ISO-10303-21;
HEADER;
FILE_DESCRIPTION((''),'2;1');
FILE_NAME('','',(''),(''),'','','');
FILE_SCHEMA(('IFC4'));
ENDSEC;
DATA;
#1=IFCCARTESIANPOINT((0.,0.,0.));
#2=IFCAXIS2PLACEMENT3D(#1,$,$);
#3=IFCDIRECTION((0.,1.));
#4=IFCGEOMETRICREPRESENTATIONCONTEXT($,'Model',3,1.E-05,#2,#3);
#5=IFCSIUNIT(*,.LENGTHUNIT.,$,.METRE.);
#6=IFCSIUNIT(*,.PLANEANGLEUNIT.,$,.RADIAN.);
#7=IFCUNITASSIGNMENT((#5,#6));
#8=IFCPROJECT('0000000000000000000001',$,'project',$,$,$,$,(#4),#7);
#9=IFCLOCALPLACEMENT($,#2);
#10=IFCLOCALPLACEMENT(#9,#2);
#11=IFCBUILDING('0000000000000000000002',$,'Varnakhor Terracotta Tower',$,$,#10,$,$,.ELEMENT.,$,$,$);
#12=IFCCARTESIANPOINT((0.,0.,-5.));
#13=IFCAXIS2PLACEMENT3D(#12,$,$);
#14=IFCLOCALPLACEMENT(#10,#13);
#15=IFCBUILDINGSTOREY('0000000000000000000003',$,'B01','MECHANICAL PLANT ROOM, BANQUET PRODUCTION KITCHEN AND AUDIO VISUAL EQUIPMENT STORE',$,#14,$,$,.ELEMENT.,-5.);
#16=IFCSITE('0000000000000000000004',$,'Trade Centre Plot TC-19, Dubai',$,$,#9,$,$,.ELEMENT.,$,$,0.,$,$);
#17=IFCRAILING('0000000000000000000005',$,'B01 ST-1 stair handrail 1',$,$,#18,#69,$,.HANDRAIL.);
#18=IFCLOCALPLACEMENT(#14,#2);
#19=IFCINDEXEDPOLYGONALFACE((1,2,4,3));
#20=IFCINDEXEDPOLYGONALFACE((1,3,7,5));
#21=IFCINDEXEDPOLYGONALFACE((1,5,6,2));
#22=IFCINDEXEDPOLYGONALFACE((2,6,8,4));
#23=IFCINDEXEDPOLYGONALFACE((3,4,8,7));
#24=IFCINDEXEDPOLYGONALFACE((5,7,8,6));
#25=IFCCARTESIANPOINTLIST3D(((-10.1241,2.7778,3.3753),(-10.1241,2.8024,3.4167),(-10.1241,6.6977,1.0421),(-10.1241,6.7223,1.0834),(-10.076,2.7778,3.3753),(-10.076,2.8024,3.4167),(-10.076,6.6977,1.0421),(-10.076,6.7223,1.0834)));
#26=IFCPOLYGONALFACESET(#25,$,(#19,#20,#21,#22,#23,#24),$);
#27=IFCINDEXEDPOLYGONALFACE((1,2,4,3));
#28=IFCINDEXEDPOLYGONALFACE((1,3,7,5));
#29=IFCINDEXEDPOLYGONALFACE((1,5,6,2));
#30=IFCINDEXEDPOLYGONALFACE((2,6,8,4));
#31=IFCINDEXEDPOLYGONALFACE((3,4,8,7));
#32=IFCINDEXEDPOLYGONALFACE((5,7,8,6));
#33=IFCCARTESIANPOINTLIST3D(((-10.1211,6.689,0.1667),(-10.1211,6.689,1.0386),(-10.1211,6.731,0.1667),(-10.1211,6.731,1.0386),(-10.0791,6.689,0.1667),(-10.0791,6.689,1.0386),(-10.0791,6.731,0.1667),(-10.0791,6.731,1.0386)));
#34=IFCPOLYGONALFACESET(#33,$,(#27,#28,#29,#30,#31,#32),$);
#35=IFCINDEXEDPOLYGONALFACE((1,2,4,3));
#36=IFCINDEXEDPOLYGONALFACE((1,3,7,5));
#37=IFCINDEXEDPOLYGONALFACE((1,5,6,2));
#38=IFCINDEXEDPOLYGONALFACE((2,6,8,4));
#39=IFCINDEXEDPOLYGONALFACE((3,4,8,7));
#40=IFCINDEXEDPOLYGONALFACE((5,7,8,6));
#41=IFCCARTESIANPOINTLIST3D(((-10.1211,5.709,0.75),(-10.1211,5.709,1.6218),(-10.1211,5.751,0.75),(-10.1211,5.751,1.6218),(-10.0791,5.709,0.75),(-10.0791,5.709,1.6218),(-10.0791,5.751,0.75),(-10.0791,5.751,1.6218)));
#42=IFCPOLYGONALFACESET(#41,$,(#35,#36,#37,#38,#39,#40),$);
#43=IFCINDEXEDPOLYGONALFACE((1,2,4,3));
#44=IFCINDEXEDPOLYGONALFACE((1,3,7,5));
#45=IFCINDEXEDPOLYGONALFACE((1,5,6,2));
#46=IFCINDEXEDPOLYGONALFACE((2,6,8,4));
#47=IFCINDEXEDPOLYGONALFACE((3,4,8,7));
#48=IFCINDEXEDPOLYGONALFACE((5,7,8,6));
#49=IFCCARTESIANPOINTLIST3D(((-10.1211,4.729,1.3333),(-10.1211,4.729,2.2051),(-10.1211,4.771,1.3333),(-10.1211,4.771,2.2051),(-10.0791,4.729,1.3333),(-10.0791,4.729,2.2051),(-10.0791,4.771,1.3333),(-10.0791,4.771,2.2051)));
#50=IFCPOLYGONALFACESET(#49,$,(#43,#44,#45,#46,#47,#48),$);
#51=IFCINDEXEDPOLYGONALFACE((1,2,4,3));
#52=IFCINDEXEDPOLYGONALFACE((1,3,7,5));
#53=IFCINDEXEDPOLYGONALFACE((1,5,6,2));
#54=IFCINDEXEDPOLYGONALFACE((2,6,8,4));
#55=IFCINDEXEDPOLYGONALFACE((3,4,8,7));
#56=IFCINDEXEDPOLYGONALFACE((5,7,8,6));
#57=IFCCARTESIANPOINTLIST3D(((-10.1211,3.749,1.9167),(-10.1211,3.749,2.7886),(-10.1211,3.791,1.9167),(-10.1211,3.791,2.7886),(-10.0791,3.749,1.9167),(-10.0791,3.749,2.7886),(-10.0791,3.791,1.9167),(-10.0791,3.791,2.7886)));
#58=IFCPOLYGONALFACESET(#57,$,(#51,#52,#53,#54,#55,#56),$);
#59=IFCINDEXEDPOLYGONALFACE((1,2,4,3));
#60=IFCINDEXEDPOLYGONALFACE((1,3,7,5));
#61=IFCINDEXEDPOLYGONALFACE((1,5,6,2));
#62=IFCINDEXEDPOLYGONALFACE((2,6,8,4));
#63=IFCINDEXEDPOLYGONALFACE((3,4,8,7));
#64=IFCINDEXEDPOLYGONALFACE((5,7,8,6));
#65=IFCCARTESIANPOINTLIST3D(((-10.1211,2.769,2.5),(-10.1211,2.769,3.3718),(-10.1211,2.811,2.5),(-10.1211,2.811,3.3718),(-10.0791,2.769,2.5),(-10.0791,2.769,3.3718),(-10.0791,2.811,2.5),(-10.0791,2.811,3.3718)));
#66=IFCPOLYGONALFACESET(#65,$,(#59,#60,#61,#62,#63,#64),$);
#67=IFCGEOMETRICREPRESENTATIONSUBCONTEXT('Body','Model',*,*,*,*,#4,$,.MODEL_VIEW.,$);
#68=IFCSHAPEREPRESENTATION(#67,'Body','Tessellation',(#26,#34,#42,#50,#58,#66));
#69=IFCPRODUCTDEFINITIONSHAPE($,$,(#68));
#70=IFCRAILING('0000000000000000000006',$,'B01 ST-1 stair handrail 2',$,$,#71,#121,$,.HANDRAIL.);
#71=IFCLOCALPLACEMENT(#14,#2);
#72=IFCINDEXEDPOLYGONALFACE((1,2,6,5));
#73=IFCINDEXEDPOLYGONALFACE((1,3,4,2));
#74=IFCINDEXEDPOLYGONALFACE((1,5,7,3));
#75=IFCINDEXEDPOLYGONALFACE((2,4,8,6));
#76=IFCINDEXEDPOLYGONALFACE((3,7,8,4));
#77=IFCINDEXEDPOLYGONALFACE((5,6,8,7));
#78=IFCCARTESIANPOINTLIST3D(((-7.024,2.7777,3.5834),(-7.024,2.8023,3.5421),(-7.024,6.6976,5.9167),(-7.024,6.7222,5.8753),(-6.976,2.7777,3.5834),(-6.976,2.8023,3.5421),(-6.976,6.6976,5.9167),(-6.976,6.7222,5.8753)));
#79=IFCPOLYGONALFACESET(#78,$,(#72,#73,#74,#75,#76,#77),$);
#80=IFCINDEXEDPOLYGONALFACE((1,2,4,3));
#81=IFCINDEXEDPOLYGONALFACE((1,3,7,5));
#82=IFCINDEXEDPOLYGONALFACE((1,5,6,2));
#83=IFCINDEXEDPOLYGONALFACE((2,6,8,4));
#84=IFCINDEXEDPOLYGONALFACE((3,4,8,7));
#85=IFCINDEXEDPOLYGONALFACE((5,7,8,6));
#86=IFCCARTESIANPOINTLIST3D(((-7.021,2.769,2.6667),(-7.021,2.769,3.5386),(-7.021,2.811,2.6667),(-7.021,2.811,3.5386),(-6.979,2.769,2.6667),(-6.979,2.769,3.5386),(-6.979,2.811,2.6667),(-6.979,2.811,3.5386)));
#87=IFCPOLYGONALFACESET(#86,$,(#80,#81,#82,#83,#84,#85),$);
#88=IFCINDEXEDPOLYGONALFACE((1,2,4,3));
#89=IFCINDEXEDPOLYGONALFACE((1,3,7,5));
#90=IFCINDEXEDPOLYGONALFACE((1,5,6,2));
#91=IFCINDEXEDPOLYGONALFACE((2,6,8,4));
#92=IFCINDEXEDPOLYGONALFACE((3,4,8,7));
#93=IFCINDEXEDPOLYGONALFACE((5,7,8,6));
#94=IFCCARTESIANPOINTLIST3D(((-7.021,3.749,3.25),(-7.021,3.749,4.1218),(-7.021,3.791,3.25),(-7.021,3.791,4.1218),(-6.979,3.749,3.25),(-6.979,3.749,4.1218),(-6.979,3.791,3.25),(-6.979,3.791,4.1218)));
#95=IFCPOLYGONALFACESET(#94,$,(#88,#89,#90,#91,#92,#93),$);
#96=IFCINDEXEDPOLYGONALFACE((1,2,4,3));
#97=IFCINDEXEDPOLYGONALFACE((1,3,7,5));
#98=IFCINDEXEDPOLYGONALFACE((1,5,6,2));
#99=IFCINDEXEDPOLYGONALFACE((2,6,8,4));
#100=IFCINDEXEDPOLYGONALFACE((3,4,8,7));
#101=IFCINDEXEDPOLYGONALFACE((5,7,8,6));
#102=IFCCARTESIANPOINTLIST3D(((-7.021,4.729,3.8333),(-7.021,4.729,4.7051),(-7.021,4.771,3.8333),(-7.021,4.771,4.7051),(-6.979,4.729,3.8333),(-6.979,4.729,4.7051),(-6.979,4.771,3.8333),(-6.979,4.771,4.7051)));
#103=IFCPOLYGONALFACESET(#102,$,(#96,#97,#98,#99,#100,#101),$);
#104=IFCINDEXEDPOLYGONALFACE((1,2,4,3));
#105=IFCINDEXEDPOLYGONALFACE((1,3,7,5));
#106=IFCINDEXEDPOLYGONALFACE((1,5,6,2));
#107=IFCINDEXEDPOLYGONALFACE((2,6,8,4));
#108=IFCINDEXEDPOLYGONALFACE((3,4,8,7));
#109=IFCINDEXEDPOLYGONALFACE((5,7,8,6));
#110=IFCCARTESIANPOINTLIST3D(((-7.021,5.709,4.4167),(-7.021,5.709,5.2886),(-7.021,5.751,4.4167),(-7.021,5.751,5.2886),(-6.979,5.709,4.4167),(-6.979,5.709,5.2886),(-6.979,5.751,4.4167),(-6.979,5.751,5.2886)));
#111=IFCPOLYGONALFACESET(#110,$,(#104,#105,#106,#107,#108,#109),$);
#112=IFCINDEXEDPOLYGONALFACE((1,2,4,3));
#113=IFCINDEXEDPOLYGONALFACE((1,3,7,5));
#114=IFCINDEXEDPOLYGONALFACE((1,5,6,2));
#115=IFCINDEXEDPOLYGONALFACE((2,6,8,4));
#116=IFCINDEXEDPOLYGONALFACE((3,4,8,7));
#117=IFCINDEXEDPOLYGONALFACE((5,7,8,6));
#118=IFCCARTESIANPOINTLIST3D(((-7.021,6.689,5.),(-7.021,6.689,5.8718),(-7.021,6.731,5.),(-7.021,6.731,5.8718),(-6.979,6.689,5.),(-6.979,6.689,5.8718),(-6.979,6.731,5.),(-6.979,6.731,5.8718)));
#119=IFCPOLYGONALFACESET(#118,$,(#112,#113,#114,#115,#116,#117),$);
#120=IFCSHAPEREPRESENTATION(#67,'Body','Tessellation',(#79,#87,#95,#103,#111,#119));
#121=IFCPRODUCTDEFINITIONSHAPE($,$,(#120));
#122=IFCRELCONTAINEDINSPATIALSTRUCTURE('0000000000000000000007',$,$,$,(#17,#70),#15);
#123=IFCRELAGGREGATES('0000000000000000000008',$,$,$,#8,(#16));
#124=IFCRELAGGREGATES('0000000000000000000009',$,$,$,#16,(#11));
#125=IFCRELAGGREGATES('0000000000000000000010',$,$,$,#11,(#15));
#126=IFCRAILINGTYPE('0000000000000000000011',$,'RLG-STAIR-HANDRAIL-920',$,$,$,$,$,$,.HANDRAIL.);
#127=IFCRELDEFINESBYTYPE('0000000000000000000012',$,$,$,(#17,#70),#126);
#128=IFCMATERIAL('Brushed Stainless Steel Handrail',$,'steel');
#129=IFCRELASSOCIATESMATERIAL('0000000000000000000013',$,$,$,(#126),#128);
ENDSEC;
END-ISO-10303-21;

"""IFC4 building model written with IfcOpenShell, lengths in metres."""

from ifc_helpers import new_model, si_unit, direction, frame, origin, origin_2d, place, context, subcontext, project, spatial, rectangle, extrude, material, type_object, element, save


model = new_model("IFC4")

# Units and contexts
model_context = context("Model", 3, precision=1e-05, world=origin(), true_north=direction((0.0, 1.0)))
body_context = subcontext(model_context, "Body", "Model", "MODEL_VIEW")
ifc_project = project(units=[si_unit("LENGTHUNIT", "METRE"), si_unit("PLANEANGLEUNIT", "RADIAN")], contexts=[model_context])

# Site, building, storey
site_placement = place(None, origin())
site = spatial("IfcSite", under=ifc_project, at=site_placement, Name="Trade Centre Plot TC-19, Dubai", CompositionType="ELEMENT", RefElevation=0.0)
building_placement = place(site_placement, origin())
building = spatial("IfcBuilding", under=site, at=building_placement, Name="Varnakhor Terracotta Tower", CompositionType="ELEMENT")
storey_placement = place(building_placement, frame((0.0, 0.0, -5.0)))
storey = spatial("IfcBuildingStorey", under=building, at=storey_placement, Name="B01", Description="MECHANICAL PLANT ROOM, BANQUET PRODUCTION KITCHEN AND AUDIO VISUAL EQUIPMENT STORE", CompositionType="ELEMENT", Elevation=-5.0)

# Railings
ifc_material_1 = material(Name="Brushed Stainless Steel Handrail", Category="steel")
railing_type_1 = type_object("IfcRailingType", Name="RLG-STAIR-HANDRAIL-920", PredefinedType="HANDRAIL", material=ifc_material_1)
railing_1_placement = place(storey_placement, frame((-10.1001, 6.71, 0.1667)))
element("IfcRailing", 1, at=railing_1_placement, inside=storey, type_object=railing_type_1, Name="B01 ST-1 stair handrail 1", PredefinedType="HANDRAIL", context=body_context, shape_type="SweptSolid", body=[
    extrude(rectangle(XDim=0.0481, YDim=0.0481, at=origin_2d()), frame((0.0, 0.0, 0.896), z_axis=(0.0, -0.859296, 0.511478), x_axis=(1.0, 0.0, 0.0)), (0.0, 0.0, 1.0), 4.5618),
    extrude(rectangle(XDim=0.042, YDim=0.042, at=origin_2d()), origin(), (0.0, 0.0, 1.0), 0.8718),
    extrude(rectangle(XDim=0.042, YDim=0.042, at=origin_2d()), frame((0.0, -0.98, 0.5833)), (0.0, 0.0, 1.0), 0.8718),
    extrude(rectangle(XDim=0.042, YDim=0.042, at=origin_2d()), frame((0.0, -1.96, 1.1665)), (0.0, 0.0, 1.0), 0.8718),
    extrude(rectangle(XDim=0.042, YDim=0.042, at=origin_2d()), frame((0.0, -2.9399, 1.75)), (0.0, 0.0, 1.0), 0.8718),
    extrude(rectangle(XDim=0.042, YDim=0.042, at=origin_2d()), frame((0.0, -3.9199, 2.3333)), (0.0, 0.0, 1.0), 0.8718),
])
railing_2_placement = place(storey_placement, frame((-7.0, 2.79, 2.6667)))
element("IfcRailing", 2, at=railing_2_placement, inside=storey, type_object=railing_type_1, Name="B01 ST-1 stair handrail 2", PredefinedType="HANDRAIL", context=body_context, shape_type="SweptSolid", body=[
    extrude(rectangle(XDim=0.0481, YDim=0.0481, at=origin_2d()), frame((0.0, 0.0, 0.896), z_axis=(0.0, 0.859296, 0.511478), x_axis=(-1.0, 0.0, 0.0)), (0.0, 0.0, 1.0), 4.5618),
    extrude(rectangle(XDim=0.042, YDim=0.042, at=origin_2d()), origin(), (0.0, 0.0, 1.0), 0.8718),
    extrude(rectangle(XDim=0.042, YDim=0.042, at=origin_2d()), frame((0.0, 0.98, 0.5833)), (0.0, 0.0, 1.0), 0.8718),
    extrude(rectangle(XDim=0.042, YDim=0.042, at=origin_2d()), frame((0.0, 1.96, 1.1665)), (0.0, 0.0, 1.0), 0.8718),
    extrude(rectangle(XDim=0.042, YDim=0.042, at=origin_2d()), frame((0.0, 2.9399, 1.75)), (0.0, 0.0, 1.0), 0.8718),
    extrude(rectangle(XDim=0.042, YDim=0.042, at=origin_2d()), frame((0.0, 3.9199, 2.3333)), (0.0, 0.0, 1.0), 0.8718),
])

save(model, "model.ifc")
